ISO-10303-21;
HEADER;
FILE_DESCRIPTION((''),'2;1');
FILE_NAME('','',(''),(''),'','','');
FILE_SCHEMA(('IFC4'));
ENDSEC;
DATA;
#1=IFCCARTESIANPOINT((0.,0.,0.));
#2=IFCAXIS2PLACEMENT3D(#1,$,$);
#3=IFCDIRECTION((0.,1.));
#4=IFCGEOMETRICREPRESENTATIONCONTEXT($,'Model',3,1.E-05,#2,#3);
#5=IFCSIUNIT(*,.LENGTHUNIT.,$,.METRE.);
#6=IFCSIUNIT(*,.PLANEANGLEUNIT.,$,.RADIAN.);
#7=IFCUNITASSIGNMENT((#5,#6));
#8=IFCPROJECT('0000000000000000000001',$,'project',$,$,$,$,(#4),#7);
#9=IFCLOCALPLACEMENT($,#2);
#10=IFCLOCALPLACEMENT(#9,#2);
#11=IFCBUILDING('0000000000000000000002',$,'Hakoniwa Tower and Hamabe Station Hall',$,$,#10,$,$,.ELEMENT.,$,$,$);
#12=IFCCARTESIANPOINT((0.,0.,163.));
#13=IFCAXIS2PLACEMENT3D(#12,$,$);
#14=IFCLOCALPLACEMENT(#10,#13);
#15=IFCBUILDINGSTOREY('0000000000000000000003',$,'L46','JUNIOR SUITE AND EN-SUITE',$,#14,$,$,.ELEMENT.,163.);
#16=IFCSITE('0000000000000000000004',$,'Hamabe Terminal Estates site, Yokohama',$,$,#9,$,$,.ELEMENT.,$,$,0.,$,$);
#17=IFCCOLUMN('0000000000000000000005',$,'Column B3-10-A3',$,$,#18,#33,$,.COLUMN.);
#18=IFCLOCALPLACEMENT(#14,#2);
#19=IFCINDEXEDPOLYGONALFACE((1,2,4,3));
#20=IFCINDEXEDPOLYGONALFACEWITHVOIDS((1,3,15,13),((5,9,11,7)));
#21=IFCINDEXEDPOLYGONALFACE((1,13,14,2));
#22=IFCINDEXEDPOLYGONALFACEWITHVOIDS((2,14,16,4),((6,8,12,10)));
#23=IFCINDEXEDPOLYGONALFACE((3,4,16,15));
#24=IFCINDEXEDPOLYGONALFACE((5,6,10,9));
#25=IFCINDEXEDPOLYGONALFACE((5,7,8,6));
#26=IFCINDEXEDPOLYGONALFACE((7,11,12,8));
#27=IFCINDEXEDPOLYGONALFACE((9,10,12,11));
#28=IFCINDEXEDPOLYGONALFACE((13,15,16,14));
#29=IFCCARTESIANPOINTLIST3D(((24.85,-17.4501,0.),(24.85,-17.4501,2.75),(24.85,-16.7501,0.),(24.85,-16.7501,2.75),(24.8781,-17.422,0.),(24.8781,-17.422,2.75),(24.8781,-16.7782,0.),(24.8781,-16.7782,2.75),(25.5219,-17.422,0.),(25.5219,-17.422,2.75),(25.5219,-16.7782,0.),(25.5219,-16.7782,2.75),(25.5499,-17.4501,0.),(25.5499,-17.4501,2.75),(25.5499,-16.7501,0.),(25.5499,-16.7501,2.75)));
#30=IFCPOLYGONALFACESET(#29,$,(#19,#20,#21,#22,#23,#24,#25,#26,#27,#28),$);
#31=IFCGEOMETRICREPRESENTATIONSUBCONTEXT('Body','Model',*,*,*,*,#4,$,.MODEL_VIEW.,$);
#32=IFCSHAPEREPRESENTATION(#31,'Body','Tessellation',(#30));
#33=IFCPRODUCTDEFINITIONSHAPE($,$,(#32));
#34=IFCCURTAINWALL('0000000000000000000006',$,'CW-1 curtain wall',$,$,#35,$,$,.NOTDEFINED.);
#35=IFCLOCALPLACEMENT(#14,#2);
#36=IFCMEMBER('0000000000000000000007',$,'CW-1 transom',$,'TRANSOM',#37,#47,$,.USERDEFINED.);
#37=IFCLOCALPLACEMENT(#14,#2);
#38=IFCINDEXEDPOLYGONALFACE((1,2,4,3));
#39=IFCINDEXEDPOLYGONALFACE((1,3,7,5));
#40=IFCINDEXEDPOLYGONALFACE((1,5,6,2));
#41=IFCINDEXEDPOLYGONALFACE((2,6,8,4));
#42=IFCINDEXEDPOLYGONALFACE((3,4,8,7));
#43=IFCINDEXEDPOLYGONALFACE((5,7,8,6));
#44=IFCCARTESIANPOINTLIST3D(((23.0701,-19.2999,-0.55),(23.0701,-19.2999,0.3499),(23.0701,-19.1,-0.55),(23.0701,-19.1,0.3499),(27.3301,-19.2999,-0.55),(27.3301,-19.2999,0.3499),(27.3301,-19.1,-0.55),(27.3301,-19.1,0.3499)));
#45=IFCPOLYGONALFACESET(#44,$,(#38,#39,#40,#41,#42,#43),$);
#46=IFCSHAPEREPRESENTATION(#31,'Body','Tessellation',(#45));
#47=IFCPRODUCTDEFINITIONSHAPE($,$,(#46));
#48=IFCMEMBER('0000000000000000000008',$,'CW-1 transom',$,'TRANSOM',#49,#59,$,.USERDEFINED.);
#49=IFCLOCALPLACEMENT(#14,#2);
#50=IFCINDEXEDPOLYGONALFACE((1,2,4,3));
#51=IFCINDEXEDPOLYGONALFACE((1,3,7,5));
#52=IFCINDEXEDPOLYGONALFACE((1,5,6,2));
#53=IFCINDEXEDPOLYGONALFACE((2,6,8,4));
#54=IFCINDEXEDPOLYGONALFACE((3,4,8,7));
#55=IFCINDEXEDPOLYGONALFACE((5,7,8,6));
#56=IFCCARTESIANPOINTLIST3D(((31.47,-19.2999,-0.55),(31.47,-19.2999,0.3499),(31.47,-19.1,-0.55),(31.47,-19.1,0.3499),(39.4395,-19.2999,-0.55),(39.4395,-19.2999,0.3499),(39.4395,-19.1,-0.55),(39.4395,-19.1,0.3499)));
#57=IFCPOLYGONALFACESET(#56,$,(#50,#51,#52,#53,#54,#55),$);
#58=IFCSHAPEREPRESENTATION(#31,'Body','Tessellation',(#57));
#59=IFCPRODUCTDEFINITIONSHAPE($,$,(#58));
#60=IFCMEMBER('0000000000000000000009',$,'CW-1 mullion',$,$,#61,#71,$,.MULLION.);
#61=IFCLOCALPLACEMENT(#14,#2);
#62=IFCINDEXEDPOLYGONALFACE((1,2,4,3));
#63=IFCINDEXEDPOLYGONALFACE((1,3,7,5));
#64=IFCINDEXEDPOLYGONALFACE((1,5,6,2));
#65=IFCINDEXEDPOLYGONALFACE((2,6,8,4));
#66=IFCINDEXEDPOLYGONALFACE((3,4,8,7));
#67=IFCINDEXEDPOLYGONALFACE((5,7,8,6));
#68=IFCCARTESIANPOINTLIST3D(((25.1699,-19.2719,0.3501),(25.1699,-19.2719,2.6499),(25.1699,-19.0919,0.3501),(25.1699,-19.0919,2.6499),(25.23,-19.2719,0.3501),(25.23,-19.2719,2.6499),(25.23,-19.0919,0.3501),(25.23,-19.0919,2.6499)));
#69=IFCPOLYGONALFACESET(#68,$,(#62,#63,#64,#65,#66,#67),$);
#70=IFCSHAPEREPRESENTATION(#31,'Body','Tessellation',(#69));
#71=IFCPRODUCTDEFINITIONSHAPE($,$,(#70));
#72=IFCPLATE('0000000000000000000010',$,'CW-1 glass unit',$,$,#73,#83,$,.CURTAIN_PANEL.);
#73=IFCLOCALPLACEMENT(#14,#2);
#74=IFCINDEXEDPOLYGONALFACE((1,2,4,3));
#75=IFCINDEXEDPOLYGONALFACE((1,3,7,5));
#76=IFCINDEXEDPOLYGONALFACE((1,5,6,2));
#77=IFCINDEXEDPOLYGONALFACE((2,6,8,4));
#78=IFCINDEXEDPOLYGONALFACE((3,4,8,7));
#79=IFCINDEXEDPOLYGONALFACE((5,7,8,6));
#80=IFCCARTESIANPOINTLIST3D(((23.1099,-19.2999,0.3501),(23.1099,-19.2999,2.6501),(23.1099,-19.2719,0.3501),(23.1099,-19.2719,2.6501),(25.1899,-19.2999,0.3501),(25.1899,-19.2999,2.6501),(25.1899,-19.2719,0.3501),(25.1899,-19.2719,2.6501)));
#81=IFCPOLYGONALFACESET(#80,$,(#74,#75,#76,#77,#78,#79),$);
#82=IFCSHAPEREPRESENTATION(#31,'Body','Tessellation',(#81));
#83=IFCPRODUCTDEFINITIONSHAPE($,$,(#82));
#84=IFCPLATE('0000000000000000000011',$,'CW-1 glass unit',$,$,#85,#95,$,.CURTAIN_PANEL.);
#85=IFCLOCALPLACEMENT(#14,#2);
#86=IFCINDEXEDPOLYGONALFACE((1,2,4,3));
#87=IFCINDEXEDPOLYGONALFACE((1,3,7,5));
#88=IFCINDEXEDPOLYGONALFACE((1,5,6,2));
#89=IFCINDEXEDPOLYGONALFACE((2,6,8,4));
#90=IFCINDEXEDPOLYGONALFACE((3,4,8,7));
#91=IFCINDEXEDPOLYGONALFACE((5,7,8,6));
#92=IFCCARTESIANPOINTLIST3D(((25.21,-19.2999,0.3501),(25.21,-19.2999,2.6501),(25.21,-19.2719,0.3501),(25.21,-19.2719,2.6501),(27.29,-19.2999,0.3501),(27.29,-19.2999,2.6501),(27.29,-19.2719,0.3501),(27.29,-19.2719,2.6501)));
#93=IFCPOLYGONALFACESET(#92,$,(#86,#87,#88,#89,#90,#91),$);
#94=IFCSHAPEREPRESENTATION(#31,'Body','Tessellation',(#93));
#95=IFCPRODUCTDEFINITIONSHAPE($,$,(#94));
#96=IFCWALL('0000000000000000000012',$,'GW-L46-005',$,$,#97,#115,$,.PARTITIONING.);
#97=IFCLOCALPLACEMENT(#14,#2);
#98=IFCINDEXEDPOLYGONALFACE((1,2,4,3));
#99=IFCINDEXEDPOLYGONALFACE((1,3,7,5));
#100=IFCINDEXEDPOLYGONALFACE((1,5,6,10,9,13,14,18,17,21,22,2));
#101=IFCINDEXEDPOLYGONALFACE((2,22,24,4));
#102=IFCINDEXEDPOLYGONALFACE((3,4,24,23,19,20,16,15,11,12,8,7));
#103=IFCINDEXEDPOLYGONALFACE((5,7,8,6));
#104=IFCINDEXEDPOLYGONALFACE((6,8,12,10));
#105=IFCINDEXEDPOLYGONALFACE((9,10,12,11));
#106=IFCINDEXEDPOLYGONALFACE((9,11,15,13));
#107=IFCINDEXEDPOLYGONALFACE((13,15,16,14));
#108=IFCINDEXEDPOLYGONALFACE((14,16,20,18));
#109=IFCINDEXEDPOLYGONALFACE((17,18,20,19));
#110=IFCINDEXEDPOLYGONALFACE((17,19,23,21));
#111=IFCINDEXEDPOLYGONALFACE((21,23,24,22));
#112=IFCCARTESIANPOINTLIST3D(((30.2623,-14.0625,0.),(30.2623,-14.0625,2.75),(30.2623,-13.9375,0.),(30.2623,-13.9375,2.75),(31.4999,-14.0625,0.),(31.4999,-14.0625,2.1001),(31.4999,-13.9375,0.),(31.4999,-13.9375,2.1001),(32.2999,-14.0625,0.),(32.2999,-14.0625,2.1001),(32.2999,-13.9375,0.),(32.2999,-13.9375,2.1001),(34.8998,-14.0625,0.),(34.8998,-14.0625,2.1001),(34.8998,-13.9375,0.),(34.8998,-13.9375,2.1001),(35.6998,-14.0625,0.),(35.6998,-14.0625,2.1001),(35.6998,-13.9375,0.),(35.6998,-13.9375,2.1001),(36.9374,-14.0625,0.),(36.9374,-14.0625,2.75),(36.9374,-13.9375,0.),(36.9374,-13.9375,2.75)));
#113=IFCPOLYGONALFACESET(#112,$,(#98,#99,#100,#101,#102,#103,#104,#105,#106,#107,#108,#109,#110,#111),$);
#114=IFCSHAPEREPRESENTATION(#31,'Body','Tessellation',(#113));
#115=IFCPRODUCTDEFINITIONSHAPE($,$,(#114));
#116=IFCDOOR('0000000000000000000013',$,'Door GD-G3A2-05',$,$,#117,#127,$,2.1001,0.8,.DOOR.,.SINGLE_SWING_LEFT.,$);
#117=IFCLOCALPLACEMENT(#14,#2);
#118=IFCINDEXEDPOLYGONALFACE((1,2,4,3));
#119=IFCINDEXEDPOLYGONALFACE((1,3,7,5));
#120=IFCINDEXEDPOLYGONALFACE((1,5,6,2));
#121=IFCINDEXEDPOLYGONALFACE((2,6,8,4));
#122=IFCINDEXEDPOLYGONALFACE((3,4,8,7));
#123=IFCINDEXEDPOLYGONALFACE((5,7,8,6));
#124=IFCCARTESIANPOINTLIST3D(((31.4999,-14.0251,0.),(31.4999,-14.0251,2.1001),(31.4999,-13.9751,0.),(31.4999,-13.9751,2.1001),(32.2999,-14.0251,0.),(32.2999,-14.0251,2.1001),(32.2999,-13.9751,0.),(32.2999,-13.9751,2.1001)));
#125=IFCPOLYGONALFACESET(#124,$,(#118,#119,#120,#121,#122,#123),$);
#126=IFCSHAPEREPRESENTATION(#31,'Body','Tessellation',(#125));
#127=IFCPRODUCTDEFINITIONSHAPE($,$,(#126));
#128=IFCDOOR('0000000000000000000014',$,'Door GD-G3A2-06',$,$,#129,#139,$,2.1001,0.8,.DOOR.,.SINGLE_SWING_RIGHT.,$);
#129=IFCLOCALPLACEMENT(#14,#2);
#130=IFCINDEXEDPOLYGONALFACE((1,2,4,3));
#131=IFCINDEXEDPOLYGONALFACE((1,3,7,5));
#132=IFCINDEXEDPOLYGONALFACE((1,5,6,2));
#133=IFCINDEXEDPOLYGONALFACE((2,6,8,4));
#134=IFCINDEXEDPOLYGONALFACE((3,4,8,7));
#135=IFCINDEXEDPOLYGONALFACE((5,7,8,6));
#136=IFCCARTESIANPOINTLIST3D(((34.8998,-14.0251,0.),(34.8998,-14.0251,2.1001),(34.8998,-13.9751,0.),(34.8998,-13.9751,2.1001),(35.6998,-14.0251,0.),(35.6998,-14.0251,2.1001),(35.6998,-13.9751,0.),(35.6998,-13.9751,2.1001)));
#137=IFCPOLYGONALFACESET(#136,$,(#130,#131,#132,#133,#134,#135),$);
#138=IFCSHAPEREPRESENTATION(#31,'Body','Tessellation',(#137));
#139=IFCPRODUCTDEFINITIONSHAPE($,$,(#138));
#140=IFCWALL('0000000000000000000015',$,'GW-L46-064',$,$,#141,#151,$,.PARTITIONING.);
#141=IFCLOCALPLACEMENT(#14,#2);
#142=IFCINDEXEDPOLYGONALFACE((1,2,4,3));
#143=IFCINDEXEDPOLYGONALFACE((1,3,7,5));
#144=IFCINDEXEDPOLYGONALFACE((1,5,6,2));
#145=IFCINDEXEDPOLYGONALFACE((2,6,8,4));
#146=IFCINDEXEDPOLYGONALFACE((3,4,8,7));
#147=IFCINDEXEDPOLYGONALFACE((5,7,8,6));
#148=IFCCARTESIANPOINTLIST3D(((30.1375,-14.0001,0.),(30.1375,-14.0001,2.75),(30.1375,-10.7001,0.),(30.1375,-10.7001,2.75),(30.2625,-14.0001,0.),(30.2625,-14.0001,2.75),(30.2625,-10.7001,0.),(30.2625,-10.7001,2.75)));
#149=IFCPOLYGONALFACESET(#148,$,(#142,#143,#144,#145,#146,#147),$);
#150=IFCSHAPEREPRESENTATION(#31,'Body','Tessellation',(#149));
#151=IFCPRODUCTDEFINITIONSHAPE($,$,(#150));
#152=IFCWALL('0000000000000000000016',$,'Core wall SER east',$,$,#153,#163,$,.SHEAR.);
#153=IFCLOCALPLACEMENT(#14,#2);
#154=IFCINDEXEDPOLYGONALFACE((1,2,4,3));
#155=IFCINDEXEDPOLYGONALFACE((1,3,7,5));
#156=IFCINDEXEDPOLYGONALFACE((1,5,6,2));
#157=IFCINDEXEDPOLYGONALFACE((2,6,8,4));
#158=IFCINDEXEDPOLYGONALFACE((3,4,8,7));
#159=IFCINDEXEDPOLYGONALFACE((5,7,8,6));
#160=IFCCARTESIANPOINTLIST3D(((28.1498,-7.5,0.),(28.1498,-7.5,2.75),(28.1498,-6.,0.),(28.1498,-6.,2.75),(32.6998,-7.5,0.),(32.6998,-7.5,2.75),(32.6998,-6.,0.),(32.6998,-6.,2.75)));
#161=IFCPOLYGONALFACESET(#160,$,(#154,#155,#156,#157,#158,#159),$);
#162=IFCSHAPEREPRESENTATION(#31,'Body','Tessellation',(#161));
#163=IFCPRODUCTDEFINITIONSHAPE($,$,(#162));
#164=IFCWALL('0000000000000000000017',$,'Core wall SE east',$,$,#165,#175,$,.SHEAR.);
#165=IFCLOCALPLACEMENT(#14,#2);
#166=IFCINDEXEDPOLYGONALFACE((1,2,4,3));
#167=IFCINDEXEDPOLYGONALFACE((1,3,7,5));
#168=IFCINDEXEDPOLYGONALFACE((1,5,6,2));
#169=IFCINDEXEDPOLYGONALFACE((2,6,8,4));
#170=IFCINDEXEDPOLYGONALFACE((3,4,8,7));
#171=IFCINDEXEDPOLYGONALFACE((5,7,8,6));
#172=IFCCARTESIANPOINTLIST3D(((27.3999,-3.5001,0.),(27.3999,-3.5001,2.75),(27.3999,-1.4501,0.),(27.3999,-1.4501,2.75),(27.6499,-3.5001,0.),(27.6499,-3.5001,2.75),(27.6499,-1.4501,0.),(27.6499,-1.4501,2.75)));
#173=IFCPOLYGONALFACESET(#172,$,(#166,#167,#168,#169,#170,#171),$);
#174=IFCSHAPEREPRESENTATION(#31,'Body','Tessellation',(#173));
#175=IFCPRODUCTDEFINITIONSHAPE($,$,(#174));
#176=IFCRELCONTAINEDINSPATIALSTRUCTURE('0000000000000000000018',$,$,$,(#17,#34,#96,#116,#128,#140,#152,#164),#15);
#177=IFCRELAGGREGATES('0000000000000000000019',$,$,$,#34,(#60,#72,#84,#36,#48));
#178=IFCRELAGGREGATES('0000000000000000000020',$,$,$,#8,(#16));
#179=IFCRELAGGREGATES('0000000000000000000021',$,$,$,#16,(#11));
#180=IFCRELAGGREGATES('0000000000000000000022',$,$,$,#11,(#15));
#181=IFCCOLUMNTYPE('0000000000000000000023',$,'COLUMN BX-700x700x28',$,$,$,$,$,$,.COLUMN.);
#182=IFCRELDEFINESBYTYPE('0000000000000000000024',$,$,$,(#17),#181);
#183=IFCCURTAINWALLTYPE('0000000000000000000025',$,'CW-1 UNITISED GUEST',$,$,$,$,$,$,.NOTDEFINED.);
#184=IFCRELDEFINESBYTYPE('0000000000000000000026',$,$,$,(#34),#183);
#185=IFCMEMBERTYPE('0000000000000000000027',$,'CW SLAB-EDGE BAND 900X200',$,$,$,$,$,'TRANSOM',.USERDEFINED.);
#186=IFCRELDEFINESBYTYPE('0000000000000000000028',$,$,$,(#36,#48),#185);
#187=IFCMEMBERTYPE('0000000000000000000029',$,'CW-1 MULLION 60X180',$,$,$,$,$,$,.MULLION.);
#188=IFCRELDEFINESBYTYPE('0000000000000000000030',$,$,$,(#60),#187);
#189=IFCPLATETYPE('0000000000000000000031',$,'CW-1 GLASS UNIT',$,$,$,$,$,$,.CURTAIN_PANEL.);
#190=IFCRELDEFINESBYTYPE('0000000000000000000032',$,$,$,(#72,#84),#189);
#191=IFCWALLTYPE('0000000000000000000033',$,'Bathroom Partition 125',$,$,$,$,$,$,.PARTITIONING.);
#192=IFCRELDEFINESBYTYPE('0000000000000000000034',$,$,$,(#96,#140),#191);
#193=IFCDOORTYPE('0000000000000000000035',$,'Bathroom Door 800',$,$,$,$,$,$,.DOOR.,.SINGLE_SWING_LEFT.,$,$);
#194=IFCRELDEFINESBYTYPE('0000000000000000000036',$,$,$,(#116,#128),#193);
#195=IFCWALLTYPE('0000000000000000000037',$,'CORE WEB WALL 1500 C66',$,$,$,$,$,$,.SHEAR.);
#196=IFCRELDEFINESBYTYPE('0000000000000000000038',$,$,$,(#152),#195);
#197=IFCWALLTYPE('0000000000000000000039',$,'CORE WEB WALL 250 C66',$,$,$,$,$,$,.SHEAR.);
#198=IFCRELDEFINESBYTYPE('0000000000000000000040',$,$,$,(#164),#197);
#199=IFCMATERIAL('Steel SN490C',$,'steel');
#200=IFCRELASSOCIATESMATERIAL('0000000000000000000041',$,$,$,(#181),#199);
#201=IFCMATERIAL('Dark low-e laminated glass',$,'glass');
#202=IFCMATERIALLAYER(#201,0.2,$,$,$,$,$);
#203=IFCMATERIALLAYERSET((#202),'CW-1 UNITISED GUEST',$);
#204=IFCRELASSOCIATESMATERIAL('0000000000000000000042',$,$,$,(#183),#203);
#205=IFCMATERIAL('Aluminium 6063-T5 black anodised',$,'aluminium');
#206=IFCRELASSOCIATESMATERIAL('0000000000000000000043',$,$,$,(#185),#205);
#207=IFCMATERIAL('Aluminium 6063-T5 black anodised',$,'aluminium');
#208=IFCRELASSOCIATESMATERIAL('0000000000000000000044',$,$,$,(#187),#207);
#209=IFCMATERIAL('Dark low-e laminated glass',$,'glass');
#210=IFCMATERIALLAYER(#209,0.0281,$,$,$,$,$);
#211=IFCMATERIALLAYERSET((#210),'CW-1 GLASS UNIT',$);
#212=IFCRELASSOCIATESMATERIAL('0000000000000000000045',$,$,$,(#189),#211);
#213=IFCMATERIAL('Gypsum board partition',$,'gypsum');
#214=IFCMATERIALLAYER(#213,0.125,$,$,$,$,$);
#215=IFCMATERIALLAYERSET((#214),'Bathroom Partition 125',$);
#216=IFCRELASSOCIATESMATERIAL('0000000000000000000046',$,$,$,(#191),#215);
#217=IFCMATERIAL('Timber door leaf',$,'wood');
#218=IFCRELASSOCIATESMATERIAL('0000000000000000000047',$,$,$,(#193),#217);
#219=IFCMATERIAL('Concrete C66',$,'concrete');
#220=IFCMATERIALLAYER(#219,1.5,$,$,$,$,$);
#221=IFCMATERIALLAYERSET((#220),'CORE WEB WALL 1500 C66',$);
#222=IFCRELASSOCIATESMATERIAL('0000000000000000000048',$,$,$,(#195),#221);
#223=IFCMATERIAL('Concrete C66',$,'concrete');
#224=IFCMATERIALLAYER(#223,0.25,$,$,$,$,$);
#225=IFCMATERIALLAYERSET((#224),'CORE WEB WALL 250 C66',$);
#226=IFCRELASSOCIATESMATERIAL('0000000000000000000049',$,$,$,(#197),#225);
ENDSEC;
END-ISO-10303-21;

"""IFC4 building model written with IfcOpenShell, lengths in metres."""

from ifc_helpers import new_model, si_unit, direction, frame, frame_2d, origin, origin_2d, place, context, subcontext, project, spatial, rectangle, hollow_rectangle, extrude, material, layer, layer_set, material_profile, profile_set, type_object, element, fill, aggregate, save


model = new_model("IFC4")

# Units and contexts
model_context = context("Model", 3, precision=1e-05, world=origin(), true_north=direction((0.0, 1.0)))
body_context = subcontext(model_context, "Body", "Model", "MODEL_VIEW")
ifc_project = project(units=[si_unit("LENGTHUNIT", "METRE"), si_unit("PLANEANGLEUNIT", "RADIAN")], contexts=[model_context])

# Site, building, storey
site_placement = place(None, origin())
site = spatial("IfcSite", under=ifc_project, at=site_placement, Name="Hamabe Terminal Estates site, Yokohama", CompositionType="ELEMENT", RefElevation=0.0)
building_placement = place(site_placement, origin())
building = spatial("IfcBuilding", under=site, at=building_placement, Name="Hakoniwa Tower and Hamabe Station Hall", CompositionType="ELEMENT")
storey_placement = place(building_placement, frame((0.0, 0.0, 163.0)))
storey = spatial("IfcBuildingStorey", under=building, at=storey_placement, Name="L46", Description="JUNIOR SUITE AND EN-SUITE", CompositionType="ELEMENT", Elevation=163.0)

# Column
ifc_material_1 = material(Name="Steel SN490C", Category="steel")
ifc_material_profile_1 = material_profile(ifc_material_1, hollow_rectangle(XDim=0.7, YDim=0.7, WallThickness=0.0281, at=origin_2d()), Name="BX-700x700x28")
ifc_profile_set_1 = profile_set([ifc_material_profile_1], Name="Steel SN490C")
column_type = type_object("IfcColumnType", Name="COLUMN BX-700x700x28", PredefinedType="COLUMN", material=ifc_profile_set_1)
column_placement = place(storey_placement, frame((25.2, -17.1001, 0.0), z_axis=(0.0, 0.0, 1.0), x_axis=(1.0, 0.0, 0.0)))
element("IfcColumn", 1, at=column_placement, inside=storey, type_object=column_type, Name="Column B3-10-A3", PredefinedType="COLUMN", context=body_context, shape_type="SweptSolid", body=[
    extrude(hollow_rectangle(XDim=0.7, YDim=0.7, WallThickness=0.0281, at=origin_2d()), origin(), (0.0, 0.0, 1.0), 2.75),
])

# Curtain wall, members, plates
ifc_material_2 = material(Name="Dark low-e laminated glass", Category="glass")
ifc_layer_1 = layer(ifc_material_2, 0.2)
ifc_layer_set_1 = layer_set([ifc_layer_1], Name="CW-1 UNITISED GUEST")
curtain_wall_type = type_object("IfcCurtainWallType", Name="CW-1 UNITISED GUEST", PredefinedType="NOTDEFINED", material=ifc_layer_set_1)
curtain_wall_placement = place(storey_placement, origin())
curtain_wall = element("IfcCurtainWall", 2, at=curtain_wall_placement, inside=storey, type_object=curtain_wall_type, Name="CW-1 curtain wall", PredefinedType="NOTDEFINED")
ifc_material_3 = material(Name="Aluminium 6063-T5 black anodised", Category="aluminium")
ifc_material_profile_2 = material_profile(ifc_material_3, rectangle(XDim=0.2, YDim=0.8999, at=origin_2d()), Name="CW SLAB-EDGE BAND 900X200")
ifc_profile_set_2 = profile_set([ifc_material_profile_2], Name="Aluminium 6063-T5 black anodised")
member_type_1 = type_object("IfcMemberType", Name="CW SLAB-EDGE BAND 900X200", ElementType="TRANSOM", PredefinedType="USERDEFINED", material=ifc_profile_set_2)
member_1_placement = place(storey_placement, frame((23.0701, -19.2, -0.1001), z_axis=(1.0, 0.0, 0.0), x_axis=(0.0, 1.0, 0.0)))
member_1 = element("IfcMember", 3, at=member_1_placement, type_object=member_type_1, Name="CW-1 transom", ObjectType="TRANSOM", PredefinedType="USERDEFINED", context=body_context, shape_type="SweptSolid", body=[
    extrude(rectangle(XDim=0.2, YDim=0.8999, at=origin_2d()), origin(), (0.0, 0.0, 1.0), 4.26),
])
member_2_placement = place(storey_placement, frame((31.47, -19.2, -0.1001), z_axis=(1.0, 0.0, 0.0), x_axis=(0.0, 1.0, 0.0)))
member_2 = element("IfcMember", 4, at=member_2_placement, type_object=member_type_1, Name="CW-1 transom", ObjectType="TRANSOM", PredefinedType="USERDEFINED", context=body_context, shape_type="SweptSolid", body=[
    extrude(rectangle(XDim=0.2, YDim=0.8999, at=origin_2d()), origin(), (0.0, 0.0, 1.0), 7.9695),
])
ifc_material_4 = material(Name="Aluminium 6063-T5 black anodised", Category="aluminium")
ifc_material_profile_3 = material_profile(ifc_material_4, rectangle(XDim=0.0601, YDim=0.1799, at=origin_2d()), Name="CW-1 MULLION 60X180")
ifc_profile_set_3 = profile_set([ifc_material_profile_3], Name="Aluminium 6063-T5 black anodised")
member_type_2 = type_object("IfcMemberType", Name="CW-1 MULLION 60X180", PredefinedType="MULLION", material=ifc_profile_set_3)
member_3_placement = place(storey_placement, frame((25.2, -19.1819, 0.3501), z_axis=(0.0, 0.0, 1.0), x_axis=(1.0, 0.0, 0.0)))
member_3 = element("IfcMember", 5, at=member_3_placement, type_object=member_type_2, Name="CW-1 mullion", PredefinedType="MULLION", context=body_context, shape_type="SweptSolid", body=[
    extrude(rectangle(XDim=0.0601, YDim=0.1799, at=origin_2d()), origin(), (0.0, 0.0, 1.0), 2.2998),
])
ifc_material_5 = material(Name="Dark low-e laminated glass", Category="glass")
ifc_layer_2 = layer(ifc_material_5, 0.0281)
ifc_layer_set_2 = layer_set([ifc_layer_2], Name="CW-1 GLASS UNIT")
plate_type = type_object("IfcPlateType", Name="CW-1 GLASS UNIT", PredefinedType="CURTAIN_PANEL", material=ifc_layer_set_2)
plate_1_placement = place(storey_placement, frame((24.1499, -19.2859, 0.3501), z_axis=(0.0, 0.0, 1.0), x_axis=(1.0, 0.0, 0.0)))
plate_1 = element("IfcPlate", 6, at=plate_1_placement, type_object=plate_type, Name="CW-1 glass unit", PredefinedType="CURTAIN_PANEL", context=body_context, shape_type="SweptSolid", body=[
    extrude(rectangle(XDim=2.0801, YDim=0.0281, at=origin_2d()), origin(), (0.0, 0.0, 1.0), 2.3),
])
plate_2_placement = place(storey_placement, frame((26.25, -19.2859, 0.3501), z_axis=(0.0, 0.0, 1.0), x_axis=(1.0, 0.0, 0.0)))
plate_2 = element("IfcPlate", 7, at=plate_2_placement, type_object=plate_type, Name="CW-1 glass unit", PredefinedType="CURTAIN_PANEL", context=body_context, shape_type="SweptSolid", body=[
    extrude(rectangle(XDim=2.0801, YDim=0.0281, at=origin_2d()), origin(), (0.0, 0.0, 1.0), 2.3),
])

# Wall, openings, doors
ifc_material_6 = material(Name="Gypsum board partition", Category="gypsum")
ifc_layer_3 = layer(ifc_material_6, 0.125)
ifc_layer_set_3 = layer_set([ifc_layer_3], Name="Bathroom Partition 125")
wall_type_1 = type_object("IfcWallType", Name="Bathroom Partition 125", PredefinedType="PARTITIONING", material=ifc_layer_set_3)
wall_1_placement = place(storey_placement, frame((30.2625, -14.0, 0.0), z_axis=(0.0, 0.0, 1.0), x_axis=(1.0, 0.0, 0.0)))
wall_1 = element("IfcWall", 8, at=wall_1_placement, inside=storey, type_object=wall_type_1, Name="GW-L46-005", PredefinedType="PARTITIONING", context=body_context, shape_type="SweptSolid", body=[
    extrude(rectangle(XDim=6.675, YDim=0.125, at=frame_2d((3.3374, 0.0))), origin(), (0.0, 0.0, 1.0), 2.75),
])
opening_1_placement = place(wall_1_placement, frame((1.2375, 0.0, 0.0)))
opening_1 = element("IfcOpeningElement", 9, at=opening_1_placement, cuts=wall_1, PredefinedType="OPENING", context=body_context, shape_type="SweptSolid", body=[
    extrude(rectangle(XDim=0.8, YDim=2.1001, at=frame_2d((0.3999, 1.05))), frame((0.0, 0.0725, 0.0), z_axis=(0.0, -1.0, 0.0), x_axis=(1.0, 0.0, 0.0)), (0.0, 0.0, 1.0), 0.145),
])
opening_2_placement = place(wall_1_placement, frame((4.6375, 0.0, 0.0)))
opening_2 = element("IfcOpeningElement", 10, at=opening_2_placement, cuts=wall_1, PredefinedType="OPENING", context=body_context, shape_type="SweptSolid", body=[
    extrude(rectangle(XDim=0.8, YDim=2.1001, at=frame_2d((0.3999, 1.05))), frame((0.0, 0.0725, 0.0), z_axis=(0.0, -1.0, 0.0), x_axis=(1.0, 0.0, 0.0)), (0.0, 0.0, 1.0), 0.145),
])
ifc_material_7 = material(Name="Timber door leaf", Category="wood")
door_type_1 = type_object("IfcDoorType", Name="Bathroom Door 800", OperationType="SINGLE_SWING_LEFT", PredefinedType="DOOR", material=ifc_material_7)
door_1_placement = place(opening_1_placement, origin())
door_1 = element("IfcDoor", 11, at=door_1_placement, inside=storey, type_object=door_type_1, Name="Door GD-G3A2-05", OperationType="SINGLE_SWING_LEFT", OverallHeight=2.1001, OverallWidth=0.8, PredefinedType="DOOR", context=body_context, shape_type="SweptSolid", body=[
    extrude(rectangle(XDim=0.8, YDim=2.1001, at=frame_2d((0.3999, 1.05))), frame((0.0, 0.0249, 0.0), z_axis=(0.0, -1.0, 0.0), x_axis=(1.0, 0.0, 0.0)), (0.0, 0.0, 1.0), 0.05),
])
fill(opening_1, door_1)
door_2_placement = place(opening_2_placement, origin())
door_2 = element("IfcDoor", 12, at=door_2_placement, inside=storey, type_object=door_type_1, Name="Door GD-G3A2-06", OperationType="SINGLE_SWING_RIGHT", OverallHeight=2.1001, OverallWidth=0.8, PredefinedType="DOOR", context=body_context, shape_type="SweptSolid", body=[
    extrude(rectangle(XDim=0.8, YDim=2.1001, at=frame_2d((0.3999, 1.05))), frame((0.0, 0.0249, 0.0), z_axis=(0.0, -1.0, 0.0), x_axis=(1.0, 0.0, 0.0)), (0.0, 0.0, 1.0), 0.05),
])
fill(opening_2, door_2)

# Walls
wall_2_placement = place(storey_placement, frame((30.2, -14.0, 0.0), z_axis=(0.0, 0.0, 1.0), x_axis=(0.0, 1.0, 0.0)))
element("IfcWall", 13, at=wall_2_placement, inside=storey, type_object=wall_type_1, Name="GW-L46-064", PredefinedType="PARTITIONING", context=body_context, shape_type="SweptSolid", body=[
    extrude(rectangle(XDim=3.3, YDim=0.125, at=frame_2d((1.6499, 0.0))), origin(), (0.0, 0.0, 1.0), 2.75),
])
ifc_material_8 = material(Name="Concrete C66", Category="concrete")
ifc_layer_4 = layer(ifc_material_8, 1.5)
ifc_layer_set_4 = layer_set([ifc_layer_4], Name="CORE WEB WALL 1500 C66")
wall_type_2 = type_object("IfcWallType", Name="CORE WEB WALL 1500 C66", PredefinedType="SHEAR", material=ifc_layer_set_4)
wall_3_placement = place(storey_placement, frame((28.1499, -6.75, 0.0), z_axis=(0.0, 0.0, 1.0), x_axis=(1.0, 0.0, 0.0)))
element("IfcWall", 14, at=wall_3_placement, inside=storey, type_object=wall_type_2, Name="Core wall SER east", PredefinedType="SHEAR", context=body_context, shape_type="SweptSolid", body=[
    extrude(rectangle(XDim=4.55, YDim=1.5, at=frame_2d((2.2749, 0.0))), origin(), (0.0, 0.0, 1.0), 2.75),
])
ifc_material_9 = material(Name="Concrete C66", Category="concrete")
ifc_layer_5 = layer(ifc_material_9, 0.25)
ifc_layer_set_5 = layer_set([ifc_layer_5], Name="CORE WEB WALL 250 C66")
wall_type_3 = type_object("IfcWallType", Name="CORE WEB WALL 250 C66", PredefinedType="SHEAR", material=ifc_layer_set_5)
wall_4_placement = place(storey_placement, frame((27.5249, -3.5, 0.0), z_axis=(0.0, 0.0, 1.0), x_axis=(0.0, 1.0, 0.0)))
element("IfcWall", 15, at=wall_4_placement, inside=storey, type_object=wall_type_3, Name="Core wall SE east", PredefinedType="SHEAR", context=body_context, shape_type="SweptSolid", body=[
    extrude(rectangle(XDim=2.05, YDim=0.25, at=frame_2d((1.0249, 0.0))), origin(), (0.0, 0.0, 1.0), 2.75),
])

aggregate(curtain_wall, [member_3, plate_1, plate_2, member_1, member_2])

save(model, "model.ifc")
